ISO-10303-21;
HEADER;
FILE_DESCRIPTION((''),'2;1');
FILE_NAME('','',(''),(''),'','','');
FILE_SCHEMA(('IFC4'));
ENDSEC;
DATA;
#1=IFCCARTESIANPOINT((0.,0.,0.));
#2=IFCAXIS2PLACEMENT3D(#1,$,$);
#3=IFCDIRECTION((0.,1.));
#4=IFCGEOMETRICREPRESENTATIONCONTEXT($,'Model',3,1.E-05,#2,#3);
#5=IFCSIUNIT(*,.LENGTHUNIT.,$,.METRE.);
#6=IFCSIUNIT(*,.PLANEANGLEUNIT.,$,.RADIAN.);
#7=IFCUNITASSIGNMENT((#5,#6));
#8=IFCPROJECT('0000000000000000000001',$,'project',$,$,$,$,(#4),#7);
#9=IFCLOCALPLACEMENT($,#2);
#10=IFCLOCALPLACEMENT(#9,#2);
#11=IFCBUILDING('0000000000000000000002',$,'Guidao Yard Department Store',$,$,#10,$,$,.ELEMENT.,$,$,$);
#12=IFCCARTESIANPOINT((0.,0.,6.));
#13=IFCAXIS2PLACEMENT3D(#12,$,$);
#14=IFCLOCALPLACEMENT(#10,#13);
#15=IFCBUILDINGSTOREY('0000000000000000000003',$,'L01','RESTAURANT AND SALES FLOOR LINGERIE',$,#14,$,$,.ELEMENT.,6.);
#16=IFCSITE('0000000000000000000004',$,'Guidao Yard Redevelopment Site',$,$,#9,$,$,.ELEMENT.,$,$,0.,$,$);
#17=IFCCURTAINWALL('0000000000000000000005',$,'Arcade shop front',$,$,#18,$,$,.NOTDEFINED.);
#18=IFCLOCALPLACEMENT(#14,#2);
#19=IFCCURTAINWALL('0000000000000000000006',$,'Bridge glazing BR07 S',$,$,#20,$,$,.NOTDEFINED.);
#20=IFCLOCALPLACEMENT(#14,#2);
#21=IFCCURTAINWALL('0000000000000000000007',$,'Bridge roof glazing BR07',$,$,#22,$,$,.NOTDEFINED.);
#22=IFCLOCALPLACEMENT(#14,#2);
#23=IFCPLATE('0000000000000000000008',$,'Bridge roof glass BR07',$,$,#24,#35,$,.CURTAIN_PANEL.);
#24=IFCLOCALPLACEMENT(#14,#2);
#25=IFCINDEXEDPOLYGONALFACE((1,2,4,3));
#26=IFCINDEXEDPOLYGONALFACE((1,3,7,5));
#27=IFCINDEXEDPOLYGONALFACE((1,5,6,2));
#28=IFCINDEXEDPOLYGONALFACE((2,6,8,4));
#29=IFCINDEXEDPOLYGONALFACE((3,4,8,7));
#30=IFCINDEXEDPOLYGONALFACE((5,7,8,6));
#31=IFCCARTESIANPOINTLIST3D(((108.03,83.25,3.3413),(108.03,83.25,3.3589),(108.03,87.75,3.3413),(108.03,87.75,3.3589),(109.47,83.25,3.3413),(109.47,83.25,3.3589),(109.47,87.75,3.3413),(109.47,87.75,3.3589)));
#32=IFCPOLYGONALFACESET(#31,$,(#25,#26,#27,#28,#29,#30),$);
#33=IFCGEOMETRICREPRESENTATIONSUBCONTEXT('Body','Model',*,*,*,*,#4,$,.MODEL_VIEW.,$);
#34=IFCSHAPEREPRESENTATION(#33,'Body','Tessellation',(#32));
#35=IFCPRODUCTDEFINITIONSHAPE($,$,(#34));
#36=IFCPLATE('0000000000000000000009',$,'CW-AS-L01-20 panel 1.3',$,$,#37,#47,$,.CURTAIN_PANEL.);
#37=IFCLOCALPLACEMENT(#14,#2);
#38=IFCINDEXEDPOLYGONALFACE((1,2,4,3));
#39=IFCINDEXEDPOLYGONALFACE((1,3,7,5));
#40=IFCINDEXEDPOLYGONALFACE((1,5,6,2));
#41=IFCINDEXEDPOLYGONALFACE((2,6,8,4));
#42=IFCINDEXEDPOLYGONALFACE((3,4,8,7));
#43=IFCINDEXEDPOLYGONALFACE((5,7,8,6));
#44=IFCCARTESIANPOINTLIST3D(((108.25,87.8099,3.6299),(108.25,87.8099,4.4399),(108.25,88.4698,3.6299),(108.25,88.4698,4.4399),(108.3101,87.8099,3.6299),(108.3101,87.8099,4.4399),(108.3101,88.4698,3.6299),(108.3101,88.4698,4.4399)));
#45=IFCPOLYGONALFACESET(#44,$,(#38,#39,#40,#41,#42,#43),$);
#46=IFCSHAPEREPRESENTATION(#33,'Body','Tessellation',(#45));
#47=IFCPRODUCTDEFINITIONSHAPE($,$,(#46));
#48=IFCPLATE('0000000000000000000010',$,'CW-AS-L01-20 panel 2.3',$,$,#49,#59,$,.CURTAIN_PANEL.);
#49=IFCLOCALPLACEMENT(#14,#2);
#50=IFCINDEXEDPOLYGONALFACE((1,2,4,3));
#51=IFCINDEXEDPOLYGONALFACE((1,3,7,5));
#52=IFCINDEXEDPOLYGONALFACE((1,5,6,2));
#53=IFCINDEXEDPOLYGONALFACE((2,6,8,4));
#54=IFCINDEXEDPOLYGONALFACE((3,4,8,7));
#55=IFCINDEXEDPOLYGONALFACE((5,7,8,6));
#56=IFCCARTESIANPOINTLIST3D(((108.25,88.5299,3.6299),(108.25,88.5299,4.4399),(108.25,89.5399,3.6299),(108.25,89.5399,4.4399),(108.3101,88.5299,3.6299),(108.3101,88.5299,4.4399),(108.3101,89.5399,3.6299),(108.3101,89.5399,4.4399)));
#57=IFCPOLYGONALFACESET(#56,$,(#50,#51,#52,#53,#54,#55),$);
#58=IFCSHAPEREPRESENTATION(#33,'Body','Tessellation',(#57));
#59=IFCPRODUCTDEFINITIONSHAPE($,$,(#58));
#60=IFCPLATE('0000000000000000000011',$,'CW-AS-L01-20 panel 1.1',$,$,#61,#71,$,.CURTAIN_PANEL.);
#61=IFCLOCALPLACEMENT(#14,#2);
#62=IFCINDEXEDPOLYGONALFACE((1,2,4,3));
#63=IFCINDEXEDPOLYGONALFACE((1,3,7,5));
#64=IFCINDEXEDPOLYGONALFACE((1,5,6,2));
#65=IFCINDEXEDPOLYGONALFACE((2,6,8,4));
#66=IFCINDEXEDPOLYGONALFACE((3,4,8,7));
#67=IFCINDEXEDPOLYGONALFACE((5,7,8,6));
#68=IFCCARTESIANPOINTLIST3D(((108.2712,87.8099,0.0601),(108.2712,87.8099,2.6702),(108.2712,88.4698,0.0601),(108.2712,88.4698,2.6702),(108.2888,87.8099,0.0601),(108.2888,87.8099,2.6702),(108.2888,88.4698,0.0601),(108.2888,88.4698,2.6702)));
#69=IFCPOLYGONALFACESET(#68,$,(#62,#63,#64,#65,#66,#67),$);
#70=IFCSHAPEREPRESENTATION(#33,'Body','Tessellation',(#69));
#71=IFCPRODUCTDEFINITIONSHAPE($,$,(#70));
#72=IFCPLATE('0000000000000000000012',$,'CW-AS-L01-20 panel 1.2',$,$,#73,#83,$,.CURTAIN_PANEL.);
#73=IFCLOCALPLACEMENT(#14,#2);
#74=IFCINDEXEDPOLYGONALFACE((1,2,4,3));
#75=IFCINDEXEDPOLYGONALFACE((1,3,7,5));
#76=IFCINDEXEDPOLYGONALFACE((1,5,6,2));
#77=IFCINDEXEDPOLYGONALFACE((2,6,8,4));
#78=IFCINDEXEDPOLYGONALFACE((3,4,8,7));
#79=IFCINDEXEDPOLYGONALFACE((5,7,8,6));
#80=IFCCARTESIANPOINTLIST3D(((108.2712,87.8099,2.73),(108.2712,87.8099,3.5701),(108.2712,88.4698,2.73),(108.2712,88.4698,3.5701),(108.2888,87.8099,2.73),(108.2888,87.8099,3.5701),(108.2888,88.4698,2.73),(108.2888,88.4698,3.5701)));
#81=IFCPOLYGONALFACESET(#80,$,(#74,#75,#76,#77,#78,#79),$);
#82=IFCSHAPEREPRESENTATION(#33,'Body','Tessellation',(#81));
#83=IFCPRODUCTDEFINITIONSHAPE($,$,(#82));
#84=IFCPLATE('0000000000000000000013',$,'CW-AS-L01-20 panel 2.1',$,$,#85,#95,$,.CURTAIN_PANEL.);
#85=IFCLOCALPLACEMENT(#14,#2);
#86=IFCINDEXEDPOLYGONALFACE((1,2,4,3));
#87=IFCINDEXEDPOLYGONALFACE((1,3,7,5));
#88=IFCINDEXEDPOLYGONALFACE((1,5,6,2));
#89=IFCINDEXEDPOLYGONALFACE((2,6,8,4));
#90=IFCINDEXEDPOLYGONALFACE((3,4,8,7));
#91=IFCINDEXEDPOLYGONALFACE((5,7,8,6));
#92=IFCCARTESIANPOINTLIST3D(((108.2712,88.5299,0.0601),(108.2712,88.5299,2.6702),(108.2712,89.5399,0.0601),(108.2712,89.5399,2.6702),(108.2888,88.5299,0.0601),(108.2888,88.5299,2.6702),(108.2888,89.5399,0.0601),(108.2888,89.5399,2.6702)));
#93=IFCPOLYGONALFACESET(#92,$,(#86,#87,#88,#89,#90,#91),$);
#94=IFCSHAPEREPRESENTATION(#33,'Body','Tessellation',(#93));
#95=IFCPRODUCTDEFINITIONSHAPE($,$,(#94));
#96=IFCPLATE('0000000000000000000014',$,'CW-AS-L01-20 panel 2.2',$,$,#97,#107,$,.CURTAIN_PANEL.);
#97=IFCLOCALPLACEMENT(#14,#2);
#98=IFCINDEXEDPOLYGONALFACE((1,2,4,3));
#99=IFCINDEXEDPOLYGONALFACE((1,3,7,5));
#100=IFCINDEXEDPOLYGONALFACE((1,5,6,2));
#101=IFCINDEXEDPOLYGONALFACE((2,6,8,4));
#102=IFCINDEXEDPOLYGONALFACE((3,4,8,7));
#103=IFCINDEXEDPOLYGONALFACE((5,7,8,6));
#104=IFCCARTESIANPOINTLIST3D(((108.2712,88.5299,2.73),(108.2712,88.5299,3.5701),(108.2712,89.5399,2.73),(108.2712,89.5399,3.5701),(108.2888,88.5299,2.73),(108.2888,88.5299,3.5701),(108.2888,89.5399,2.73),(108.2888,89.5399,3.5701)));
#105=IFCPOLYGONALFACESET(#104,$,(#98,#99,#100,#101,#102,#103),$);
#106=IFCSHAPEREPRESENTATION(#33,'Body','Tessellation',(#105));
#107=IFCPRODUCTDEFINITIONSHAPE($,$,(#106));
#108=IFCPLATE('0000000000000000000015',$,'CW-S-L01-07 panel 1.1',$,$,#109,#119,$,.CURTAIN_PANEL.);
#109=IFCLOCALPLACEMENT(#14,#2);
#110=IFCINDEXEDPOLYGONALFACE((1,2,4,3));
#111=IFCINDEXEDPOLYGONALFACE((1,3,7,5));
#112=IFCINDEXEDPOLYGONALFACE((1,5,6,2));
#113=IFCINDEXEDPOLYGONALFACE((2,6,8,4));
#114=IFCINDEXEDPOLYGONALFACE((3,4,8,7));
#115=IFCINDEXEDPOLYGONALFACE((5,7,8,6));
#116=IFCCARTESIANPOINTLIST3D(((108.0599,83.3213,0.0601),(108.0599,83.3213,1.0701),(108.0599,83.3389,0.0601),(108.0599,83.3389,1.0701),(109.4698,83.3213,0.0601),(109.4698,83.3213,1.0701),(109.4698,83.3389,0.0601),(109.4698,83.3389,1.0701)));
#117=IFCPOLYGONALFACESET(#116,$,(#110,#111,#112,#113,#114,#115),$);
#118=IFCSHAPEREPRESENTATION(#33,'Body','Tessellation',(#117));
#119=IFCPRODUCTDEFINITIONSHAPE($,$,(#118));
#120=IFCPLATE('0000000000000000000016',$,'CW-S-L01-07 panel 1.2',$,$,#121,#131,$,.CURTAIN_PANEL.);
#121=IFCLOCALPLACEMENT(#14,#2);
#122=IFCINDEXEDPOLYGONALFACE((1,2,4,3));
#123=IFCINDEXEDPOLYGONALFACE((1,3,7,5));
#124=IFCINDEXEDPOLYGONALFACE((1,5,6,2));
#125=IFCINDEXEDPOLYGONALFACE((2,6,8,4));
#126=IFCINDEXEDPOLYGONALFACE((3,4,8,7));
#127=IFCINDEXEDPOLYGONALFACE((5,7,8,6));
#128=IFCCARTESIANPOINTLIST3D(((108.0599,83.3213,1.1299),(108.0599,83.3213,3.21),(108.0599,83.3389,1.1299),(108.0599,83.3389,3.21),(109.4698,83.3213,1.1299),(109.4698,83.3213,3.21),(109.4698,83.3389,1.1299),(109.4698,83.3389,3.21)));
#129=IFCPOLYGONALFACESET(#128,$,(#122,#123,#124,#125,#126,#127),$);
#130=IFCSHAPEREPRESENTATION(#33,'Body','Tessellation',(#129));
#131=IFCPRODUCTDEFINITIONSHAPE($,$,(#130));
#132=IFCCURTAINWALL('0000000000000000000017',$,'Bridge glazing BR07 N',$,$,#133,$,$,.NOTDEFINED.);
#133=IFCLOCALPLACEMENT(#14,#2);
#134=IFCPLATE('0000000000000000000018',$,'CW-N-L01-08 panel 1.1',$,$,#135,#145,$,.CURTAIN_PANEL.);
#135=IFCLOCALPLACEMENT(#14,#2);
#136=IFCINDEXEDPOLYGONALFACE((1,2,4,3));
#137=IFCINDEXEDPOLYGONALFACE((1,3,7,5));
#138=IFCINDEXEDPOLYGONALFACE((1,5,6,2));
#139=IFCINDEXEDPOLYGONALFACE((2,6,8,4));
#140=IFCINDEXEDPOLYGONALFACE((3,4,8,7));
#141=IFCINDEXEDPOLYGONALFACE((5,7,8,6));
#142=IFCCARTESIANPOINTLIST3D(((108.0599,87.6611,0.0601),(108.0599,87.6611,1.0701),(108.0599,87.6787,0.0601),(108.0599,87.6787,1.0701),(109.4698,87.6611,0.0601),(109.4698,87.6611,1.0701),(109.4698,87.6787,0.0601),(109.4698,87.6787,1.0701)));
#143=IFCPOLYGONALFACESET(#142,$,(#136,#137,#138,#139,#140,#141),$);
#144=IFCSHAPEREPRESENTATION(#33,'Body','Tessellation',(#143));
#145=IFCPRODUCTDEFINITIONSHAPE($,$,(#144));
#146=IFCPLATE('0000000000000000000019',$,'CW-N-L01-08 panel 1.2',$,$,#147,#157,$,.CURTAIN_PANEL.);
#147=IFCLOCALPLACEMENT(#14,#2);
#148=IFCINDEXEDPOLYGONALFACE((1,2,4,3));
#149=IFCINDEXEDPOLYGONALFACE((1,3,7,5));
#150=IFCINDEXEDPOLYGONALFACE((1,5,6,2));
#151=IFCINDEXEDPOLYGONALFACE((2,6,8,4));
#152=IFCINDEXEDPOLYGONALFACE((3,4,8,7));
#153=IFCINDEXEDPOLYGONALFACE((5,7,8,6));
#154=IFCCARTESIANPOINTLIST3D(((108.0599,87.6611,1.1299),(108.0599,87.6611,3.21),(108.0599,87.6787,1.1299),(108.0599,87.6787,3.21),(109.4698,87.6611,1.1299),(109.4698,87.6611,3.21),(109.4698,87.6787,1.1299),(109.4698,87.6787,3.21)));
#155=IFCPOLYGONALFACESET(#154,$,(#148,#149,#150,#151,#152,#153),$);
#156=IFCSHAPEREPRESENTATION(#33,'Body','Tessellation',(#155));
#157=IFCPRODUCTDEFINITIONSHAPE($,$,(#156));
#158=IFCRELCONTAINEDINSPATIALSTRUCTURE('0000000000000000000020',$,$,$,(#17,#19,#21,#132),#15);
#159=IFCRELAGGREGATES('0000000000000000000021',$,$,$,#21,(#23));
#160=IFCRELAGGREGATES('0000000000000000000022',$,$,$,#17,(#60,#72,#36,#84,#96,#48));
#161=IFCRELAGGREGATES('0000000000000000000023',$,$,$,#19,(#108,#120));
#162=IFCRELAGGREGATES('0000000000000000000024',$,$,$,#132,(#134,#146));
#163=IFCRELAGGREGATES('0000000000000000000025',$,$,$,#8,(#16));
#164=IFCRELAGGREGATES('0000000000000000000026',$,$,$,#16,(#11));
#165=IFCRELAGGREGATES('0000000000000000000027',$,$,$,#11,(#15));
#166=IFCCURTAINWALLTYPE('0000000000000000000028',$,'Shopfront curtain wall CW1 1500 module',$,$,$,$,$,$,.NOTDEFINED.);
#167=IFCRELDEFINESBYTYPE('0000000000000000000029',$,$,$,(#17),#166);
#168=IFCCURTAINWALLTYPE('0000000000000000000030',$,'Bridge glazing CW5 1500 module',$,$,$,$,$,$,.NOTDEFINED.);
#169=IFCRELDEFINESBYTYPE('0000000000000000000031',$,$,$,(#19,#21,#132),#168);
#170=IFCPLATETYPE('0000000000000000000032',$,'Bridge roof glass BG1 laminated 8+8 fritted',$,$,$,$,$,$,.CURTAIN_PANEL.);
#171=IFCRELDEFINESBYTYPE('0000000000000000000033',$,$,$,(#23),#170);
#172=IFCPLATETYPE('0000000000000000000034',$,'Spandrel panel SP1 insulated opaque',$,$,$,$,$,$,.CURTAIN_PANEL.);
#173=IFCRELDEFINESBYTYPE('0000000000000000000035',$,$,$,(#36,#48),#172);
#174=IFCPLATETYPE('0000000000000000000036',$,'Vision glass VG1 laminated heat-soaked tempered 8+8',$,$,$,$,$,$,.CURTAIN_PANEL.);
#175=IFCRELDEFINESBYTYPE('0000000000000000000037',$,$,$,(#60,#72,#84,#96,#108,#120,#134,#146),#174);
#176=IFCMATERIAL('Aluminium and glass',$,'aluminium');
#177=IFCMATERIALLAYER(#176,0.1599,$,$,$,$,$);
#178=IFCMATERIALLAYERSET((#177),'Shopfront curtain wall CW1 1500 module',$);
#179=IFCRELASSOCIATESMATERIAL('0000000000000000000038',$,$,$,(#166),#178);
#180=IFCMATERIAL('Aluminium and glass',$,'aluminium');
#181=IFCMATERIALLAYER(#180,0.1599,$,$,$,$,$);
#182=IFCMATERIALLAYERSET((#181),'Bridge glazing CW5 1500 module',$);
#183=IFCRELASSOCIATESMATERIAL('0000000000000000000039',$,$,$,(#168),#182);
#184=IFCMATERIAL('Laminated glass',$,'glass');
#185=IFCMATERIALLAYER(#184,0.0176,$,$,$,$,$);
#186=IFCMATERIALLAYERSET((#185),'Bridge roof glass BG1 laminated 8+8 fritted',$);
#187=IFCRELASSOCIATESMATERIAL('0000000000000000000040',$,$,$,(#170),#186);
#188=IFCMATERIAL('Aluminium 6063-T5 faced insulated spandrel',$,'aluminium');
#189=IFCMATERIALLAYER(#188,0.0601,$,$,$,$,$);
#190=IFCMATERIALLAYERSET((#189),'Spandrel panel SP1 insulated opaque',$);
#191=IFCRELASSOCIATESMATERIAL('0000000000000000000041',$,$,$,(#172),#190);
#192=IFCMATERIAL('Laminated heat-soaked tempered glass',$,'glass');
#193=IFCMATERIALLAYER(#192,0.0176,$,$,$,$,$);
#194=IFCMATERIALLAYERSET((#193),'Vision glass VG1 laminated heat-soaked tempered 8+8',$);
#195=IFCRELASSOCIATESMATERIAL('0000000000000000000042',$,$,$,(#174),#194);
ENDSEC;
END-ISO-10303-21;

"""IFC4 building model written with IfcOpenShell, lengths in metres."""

from ifc_helpers import new_model, si_unit, direction, frame, origin, origin_2d, place, context, subcontext, project, spatial, rectangle, extrude, material, layer, layer_set, type_object, element, aggregate, save


model = new_model("IFC4")

# Units and contexts
model_context = context("Model", 3, precision=1e-05, world=origin(), true_north=direction((0.0, 1.0)))
body_context = subcontext(model_context, "Body", "Model", "MODEL_VIEW")
ifc_project = project(units=[si_unit("LENGTHUNIT", "METRE"), si_unit("PLANEANGLEUNIT", "RADIAN")], contexts=[model_context])

# Site, building, storey
site_placement = place(None, origin())
site = spatial("IfcSite", under=ifc_project, at=site_placement, Name="Guidao Yard Redevelopment Site", CompositionType="ELEMENT", RefElevation=0.0)
building_placement = place(site_placement, origin())
building = spatial("IfcBuilding", under=site, at=building_placement, Name="Guidao Yard Department Store", CompositionType="ELEMENT")
storey_placement = place(building_placement, frame((0.0, 0.0, 6.0)))
storey = spatial("IfcBuildingStorey", under=building, at=storey_placement, Name="L01", Description="RESTAURANT AND SALES FLOOR LINGERIE", CompositionType="ELEMENT", Elevation=6.0)

# Shared definitions
ifc_material_1 = material(Name="Aluminium and glass", Category="aluminium")
ifc_layer_1 = layer(ifc_material_1, 0.1599)
ifc_layer_set_1 = layer_set([ifc_layer_1], Name="Shopfront curtain wall CW1 1500 module")
curtain_wall_type_1 = type_object("IfcCurtainWallType", Name="Shopfront curtain wall CW1 1500 module", PredefinedType="NOTDEFINED", material=ifc_layer_set_1)

# Curtain wall
curtain_wall_1_placement = place(storey_placement, origin())
curtain_wall_1 = element("IfcCurtainWall", 1, at=curtain_wall_1_placement, inside=storey, type_object=curtain_wall_type_1, Name="Arcade shop front", PredefinedType="NOTDEFINED")

# Curtain wall
ifc_material_2 = material(Name="Aluminium and glass", Category="aluminium")
ifc_layer_2 = layer(ifc_material_2, 0.1599)
ifc_layer_set_2 = layer_set([ifc_layer_2], Name="Bridge glazing CW5 1500 module")
curtain_wall_type_2 = type_object("IfcCurtainWallType", Name="Bridge glazing CW5 1500 module", PredefinedType="NOTDEFINED", material=ifc_layer_set_2)
curtain_wall_2_placement = place(storey_placement, origin())
curtain_wall_2 = element("IfcCurtainWall", 2, at=curtain_wall_2_placement, inside=storey, type_object=curtain_wall_type_2, Name="Bridge glazing BR07 S", PredefinedType="NOTDEFINED")

# Curtain wall, plate
curtain_wall_3_placement = place(storey_placement, origin())
curtain_wall_3 = element("IfcCurtainWall", 3, at=curtain_wall_3_placement, inside=storey, type_object=curtain_wall_type_2, Name="Bridge roof glazing BR07", PredefinedType="NOTDEFINED")
ifc_material_3 = material(Name="Laminated glass", Category="glass")
ifc_layer_3 = layer(ifc_material_3, 0.0176)
ifc_layer_set_3 = layer_set([ifc_layer_3], Name="Bridge roof glass BG1 laminated 8+8 fritted")
plate_type_1 = type_object("IfcPlateType", Name="Bridge roof glass BG1 laminated 8+8 fritted", PredefinedType="CURTAIN_PANEL", material=ifc_layer_set_3)
plate_1_placement = place(storey_placement, frame((108.75, 85.5, 3.3413), z_axis=(0.0, 0.0, 1.0), x_axis=(1.0, 0.0, 0.0)))
plate_1 = element("IfcPlate", 4, at=plate_1_placement, type_object=plate_type_1, Name="Bridge roof glass BR07", PredefinedType="CURTAIN_PANEL", context=body_context, shape_type="SweptSolid", body=[
    extrude(rectangle(XDim=1.4399, YDim=4.5, at=origin_2d()), origin(), (0.0, 0.0, 1.0), 0.0176),
])
aggregate(curtain_wall_3, [plate_1])

# Plates
ifc_material_4 = material(Name="Aluminium 6063-T5 faced insulated spandrel", Category="aluminium")
ifc_layer_4 = layer(ifc_material_4, 0.0601)
ifc_layer_set_4 = layer_set([ifc_layer_4], Name="Spandrel panel SP1 insulated opaque")
plate_type_2 = type_object("IfcPlateType", Name="Spandrel panel SP1 insulated opaque", PredefinedType="CURTAIN_PANEL", material=ifc_layer_set_4)
plate_2_placement = place(storey_placement, frame((108.28, 88.1399, 3.6299), z_axis=(0.0, 0.0, 1.0), x_axis=(0.0, -1.0, 0.0)))
plate_2 = element("IfcPlate", 5, at=plate_2_placement, type_object=plate_type_2, Name="CW-AS-L01-20 panel 1.3", PredefinedType="CURTAIN_PANEL", context=body_context, shape_type="SweptSolid", body=[
    extrude(rectangle(XDim=0.6599, YDim=0.0601, at=origin_2d()), origin(), (0.0, 0.0, 1.0), 0.8101),
])
plate_3_placement = place(storey_placement, frame((108.28, 89.0349, 3.6299), z_axis=(0.0, 0.0, 1.0), x_axis=(0.0, -1.0, 0.0)))
plate_3 = element("IfcPlate", 6, at=plate_3_placement, type_object=plate_type_2, Name="CW-AS-L01-20 panel 2.3", PredefinedType="CURTAIN_PANEL", context=body_context, shape_type="SweptSolid", body=[
    extrude(rectangle(XDim=1.01, YDim=0.0601, at=origin_2d()), origin(), (0.0, 0.0, 1.0), 0.8101),
])
ifc_material_5 = material(Name="Laminated heat-soaked tempered glass", Category="glass")
ifc_layer_5 = layer(ifc_material_5, 0.0176)
ifc_layer_set_5 = layer_set([ifc_layer_5], Name="Vision glass VG1 laminated heat-soaked tempered 8+8")
plate_type_3 = type_object("IfcPlateType", Name="Vision glass VG1 laminated heat-soaked tempered 8+8", PredefinedType="CURTAIN_PANEL", material=ifc_layer_set_5)
plate_4_placement = place(storey_placement, frame((108.28, 88.1399, 0.0601), z_axis=(0.0, 0.0, 1.0), x_axis=(0.0, -1.0, 0.0)))
plate_4 = element("IfcPlate", 7, at=plate_4_placement, type_object=plate_type_3, Name="CW-AS-L01-20 panel 1.1", PredefinedType="CURTAIN_PANEL", context=body_context, shape_type="SweptSolid", body=[
    extrude(rectangle(XDim=0.6599, YDim=0.0176, at=origin_2d()), origin(), (0.0, 0.0, 1.0), 2.6101),
])
plate_5_placement = place(storey_placement, frame((108.28, 88.1399, 2.73), z_axis=(0.0, 0.0, 1.0), x_axis=(0.0, -1.0, 0.0)))
plate_5 = element("IfcPlate", 8, at=plate_5_placement, type_object=plate_type_3, Name="CW-AS-L01-20 panel 1.2", PredefinedType="CURTAIN_PANEL", context=body_context, shape_type="SweptSolid", body=[
    extrude(rectangle(XDim=0.6599, YDim=0.0176, at=origin_2d()), origin(), (0.0, 0.0, 1.0), 0.8401),
])
plate_6_placement = place(storey_placement, frame((108.28, 89.0349, 0.0601), z_axis=(0.0, 0.0, 1.0), x_axis=(0.0, -1.0, 0.0)))
plate_6 = element("IfcPlate", 9, at=plate_6_placement, type_object=plate_type_3, Name="CW-AS-L01-20 panel 2.1", PredefinedType="CURTAIN_PANEL", context=body_context, shape_type="SweptSolid", body=[
    extrude(rectangle(XDim=1.01, YDim=0.0176, at=origin_2d()), origin(), (0.0, 0.0, 1.0), 2.6101),
])
plate_7_placement = place(storey_placement, frame((108.28, 89.0349, 2.73), z_axis=(0.0, 0.0, 1.0), x_axis=(0.0, -1.0, 0.0)))
plate_7 = element("IfcPlate", 10, at=plate_7_placement, type_object=plate_type_3, Name="CW-AS-L01-20 panel 2.2", PredefinedType="CURTAIN_PANEL", context=body_context, shape_type="SweptSolid", body=[
    extrude(rectangle(XDim=1.01, YDim=0.0176, at=origin_2d()), origin(), (0.0, 0.0, 1.0), 0.8401),
])
aggregate(curtain_wall_1, [plate_4, plate_5, plate_2, plate_6, plate_7, plate_3])
plate_8_placement = place(storey_placement, frame((108.7649, 83.3301, 0.0601), z_axis=(0.0, 0.0, 1.0), x_axis=(-1.0, 0.0, 0.0)))
plate_8 = element("IfcPlate", 11, at=plate_8_placement, type_object=plate_type_3, Name="CW-S-L01-07 panel 1.1", PredefinedType="CURTAIN_PANEL", context=body_context, shape_type="SweptSolid", body=[
    extrude(rectangle(XDim=1.4099, YDim=0.0176, at=origin_2d()), origin(), (0.0, 0.0, 1.0), 1.01),
])
plate_9_placement = place(storey_placement, frame((108.7649, 83.3301, 1.1299), z_axis=(0.0, 0.0, 1.0), x_axis=(-1.0, 0.0, 0.0)))
plate_9 = element("IfcPlate", 12, at=plate_9_placement, type_object=plate_type_3, Name="CW-S-L01-07 panel 1.2", PredefinedType="CURTAIN_PANEL", context=body_context, shape_type="SweptSolid", body=[
    extrude(rectangle(XDim=1.4099, YDim=0.0176, at=origin_2d()), origin(), (0.0, 0.0, 1.0), 2.0801),
])
aggregate(curtain_wall_2, [plate_8, plate_9])

# Curtain wall, plates
curtain_wall_4_placement = place(storey_placement, origin())
curtain_wall_4 = element("IfcCurtainWall", 13, at=curtain_wall_4_placement, inside=storey, type_object=curtain_wall_type_2, Name="Bridge glazing BR07 N", PredefinedType="NOTDEFINED")
plate_10_placement = place(storey_placement, frame((108.7649, 87.6699, 0.0601), z_axis=(0.0, 0.0, 1.0), x_axis=(1.0, 0.0, 0.0)))
plate_10 = element("IfcPlate", 14, at=plate_10_placement, type_object=plate_type_3, Name="CW-N-L01-08 panel 1.1", PredefinedType="CURTAIN_PANEL", context=body_context, shape_type="SweptSolid", body=[
    extrude(rectangle(XDim=1.4099, YDim=0.0176, at=origin_2d()), origin(), (0.0, 0.0, 1.0), 1.01),
])
plate_11_placement = place(storey_placement, frame((108.7649, 87.6699, 1.1299), z_axis=(0.0, 0.0, 1.0), x_axis=(1.0, 0.0, 0.0)))
plate_11 = element("IfcPlate", 15, at=plate_11_placement, type_object=plate_type_3, Name="CW-N-L01-08 panel 1.2", PredefinedType="CURTAIN_PANEL", context=body_context, shape_type="SweptSolid", body=[
    extrude(rectangle(XDim=1.4099, YDim=0.0176, at=origin_2d()), origin(), (0.0, 0.0, 1.0), 2.0801),
])
aggregate(curtain_wall_4, [plate_10, plate_11])

save(model, "model.ifc")
